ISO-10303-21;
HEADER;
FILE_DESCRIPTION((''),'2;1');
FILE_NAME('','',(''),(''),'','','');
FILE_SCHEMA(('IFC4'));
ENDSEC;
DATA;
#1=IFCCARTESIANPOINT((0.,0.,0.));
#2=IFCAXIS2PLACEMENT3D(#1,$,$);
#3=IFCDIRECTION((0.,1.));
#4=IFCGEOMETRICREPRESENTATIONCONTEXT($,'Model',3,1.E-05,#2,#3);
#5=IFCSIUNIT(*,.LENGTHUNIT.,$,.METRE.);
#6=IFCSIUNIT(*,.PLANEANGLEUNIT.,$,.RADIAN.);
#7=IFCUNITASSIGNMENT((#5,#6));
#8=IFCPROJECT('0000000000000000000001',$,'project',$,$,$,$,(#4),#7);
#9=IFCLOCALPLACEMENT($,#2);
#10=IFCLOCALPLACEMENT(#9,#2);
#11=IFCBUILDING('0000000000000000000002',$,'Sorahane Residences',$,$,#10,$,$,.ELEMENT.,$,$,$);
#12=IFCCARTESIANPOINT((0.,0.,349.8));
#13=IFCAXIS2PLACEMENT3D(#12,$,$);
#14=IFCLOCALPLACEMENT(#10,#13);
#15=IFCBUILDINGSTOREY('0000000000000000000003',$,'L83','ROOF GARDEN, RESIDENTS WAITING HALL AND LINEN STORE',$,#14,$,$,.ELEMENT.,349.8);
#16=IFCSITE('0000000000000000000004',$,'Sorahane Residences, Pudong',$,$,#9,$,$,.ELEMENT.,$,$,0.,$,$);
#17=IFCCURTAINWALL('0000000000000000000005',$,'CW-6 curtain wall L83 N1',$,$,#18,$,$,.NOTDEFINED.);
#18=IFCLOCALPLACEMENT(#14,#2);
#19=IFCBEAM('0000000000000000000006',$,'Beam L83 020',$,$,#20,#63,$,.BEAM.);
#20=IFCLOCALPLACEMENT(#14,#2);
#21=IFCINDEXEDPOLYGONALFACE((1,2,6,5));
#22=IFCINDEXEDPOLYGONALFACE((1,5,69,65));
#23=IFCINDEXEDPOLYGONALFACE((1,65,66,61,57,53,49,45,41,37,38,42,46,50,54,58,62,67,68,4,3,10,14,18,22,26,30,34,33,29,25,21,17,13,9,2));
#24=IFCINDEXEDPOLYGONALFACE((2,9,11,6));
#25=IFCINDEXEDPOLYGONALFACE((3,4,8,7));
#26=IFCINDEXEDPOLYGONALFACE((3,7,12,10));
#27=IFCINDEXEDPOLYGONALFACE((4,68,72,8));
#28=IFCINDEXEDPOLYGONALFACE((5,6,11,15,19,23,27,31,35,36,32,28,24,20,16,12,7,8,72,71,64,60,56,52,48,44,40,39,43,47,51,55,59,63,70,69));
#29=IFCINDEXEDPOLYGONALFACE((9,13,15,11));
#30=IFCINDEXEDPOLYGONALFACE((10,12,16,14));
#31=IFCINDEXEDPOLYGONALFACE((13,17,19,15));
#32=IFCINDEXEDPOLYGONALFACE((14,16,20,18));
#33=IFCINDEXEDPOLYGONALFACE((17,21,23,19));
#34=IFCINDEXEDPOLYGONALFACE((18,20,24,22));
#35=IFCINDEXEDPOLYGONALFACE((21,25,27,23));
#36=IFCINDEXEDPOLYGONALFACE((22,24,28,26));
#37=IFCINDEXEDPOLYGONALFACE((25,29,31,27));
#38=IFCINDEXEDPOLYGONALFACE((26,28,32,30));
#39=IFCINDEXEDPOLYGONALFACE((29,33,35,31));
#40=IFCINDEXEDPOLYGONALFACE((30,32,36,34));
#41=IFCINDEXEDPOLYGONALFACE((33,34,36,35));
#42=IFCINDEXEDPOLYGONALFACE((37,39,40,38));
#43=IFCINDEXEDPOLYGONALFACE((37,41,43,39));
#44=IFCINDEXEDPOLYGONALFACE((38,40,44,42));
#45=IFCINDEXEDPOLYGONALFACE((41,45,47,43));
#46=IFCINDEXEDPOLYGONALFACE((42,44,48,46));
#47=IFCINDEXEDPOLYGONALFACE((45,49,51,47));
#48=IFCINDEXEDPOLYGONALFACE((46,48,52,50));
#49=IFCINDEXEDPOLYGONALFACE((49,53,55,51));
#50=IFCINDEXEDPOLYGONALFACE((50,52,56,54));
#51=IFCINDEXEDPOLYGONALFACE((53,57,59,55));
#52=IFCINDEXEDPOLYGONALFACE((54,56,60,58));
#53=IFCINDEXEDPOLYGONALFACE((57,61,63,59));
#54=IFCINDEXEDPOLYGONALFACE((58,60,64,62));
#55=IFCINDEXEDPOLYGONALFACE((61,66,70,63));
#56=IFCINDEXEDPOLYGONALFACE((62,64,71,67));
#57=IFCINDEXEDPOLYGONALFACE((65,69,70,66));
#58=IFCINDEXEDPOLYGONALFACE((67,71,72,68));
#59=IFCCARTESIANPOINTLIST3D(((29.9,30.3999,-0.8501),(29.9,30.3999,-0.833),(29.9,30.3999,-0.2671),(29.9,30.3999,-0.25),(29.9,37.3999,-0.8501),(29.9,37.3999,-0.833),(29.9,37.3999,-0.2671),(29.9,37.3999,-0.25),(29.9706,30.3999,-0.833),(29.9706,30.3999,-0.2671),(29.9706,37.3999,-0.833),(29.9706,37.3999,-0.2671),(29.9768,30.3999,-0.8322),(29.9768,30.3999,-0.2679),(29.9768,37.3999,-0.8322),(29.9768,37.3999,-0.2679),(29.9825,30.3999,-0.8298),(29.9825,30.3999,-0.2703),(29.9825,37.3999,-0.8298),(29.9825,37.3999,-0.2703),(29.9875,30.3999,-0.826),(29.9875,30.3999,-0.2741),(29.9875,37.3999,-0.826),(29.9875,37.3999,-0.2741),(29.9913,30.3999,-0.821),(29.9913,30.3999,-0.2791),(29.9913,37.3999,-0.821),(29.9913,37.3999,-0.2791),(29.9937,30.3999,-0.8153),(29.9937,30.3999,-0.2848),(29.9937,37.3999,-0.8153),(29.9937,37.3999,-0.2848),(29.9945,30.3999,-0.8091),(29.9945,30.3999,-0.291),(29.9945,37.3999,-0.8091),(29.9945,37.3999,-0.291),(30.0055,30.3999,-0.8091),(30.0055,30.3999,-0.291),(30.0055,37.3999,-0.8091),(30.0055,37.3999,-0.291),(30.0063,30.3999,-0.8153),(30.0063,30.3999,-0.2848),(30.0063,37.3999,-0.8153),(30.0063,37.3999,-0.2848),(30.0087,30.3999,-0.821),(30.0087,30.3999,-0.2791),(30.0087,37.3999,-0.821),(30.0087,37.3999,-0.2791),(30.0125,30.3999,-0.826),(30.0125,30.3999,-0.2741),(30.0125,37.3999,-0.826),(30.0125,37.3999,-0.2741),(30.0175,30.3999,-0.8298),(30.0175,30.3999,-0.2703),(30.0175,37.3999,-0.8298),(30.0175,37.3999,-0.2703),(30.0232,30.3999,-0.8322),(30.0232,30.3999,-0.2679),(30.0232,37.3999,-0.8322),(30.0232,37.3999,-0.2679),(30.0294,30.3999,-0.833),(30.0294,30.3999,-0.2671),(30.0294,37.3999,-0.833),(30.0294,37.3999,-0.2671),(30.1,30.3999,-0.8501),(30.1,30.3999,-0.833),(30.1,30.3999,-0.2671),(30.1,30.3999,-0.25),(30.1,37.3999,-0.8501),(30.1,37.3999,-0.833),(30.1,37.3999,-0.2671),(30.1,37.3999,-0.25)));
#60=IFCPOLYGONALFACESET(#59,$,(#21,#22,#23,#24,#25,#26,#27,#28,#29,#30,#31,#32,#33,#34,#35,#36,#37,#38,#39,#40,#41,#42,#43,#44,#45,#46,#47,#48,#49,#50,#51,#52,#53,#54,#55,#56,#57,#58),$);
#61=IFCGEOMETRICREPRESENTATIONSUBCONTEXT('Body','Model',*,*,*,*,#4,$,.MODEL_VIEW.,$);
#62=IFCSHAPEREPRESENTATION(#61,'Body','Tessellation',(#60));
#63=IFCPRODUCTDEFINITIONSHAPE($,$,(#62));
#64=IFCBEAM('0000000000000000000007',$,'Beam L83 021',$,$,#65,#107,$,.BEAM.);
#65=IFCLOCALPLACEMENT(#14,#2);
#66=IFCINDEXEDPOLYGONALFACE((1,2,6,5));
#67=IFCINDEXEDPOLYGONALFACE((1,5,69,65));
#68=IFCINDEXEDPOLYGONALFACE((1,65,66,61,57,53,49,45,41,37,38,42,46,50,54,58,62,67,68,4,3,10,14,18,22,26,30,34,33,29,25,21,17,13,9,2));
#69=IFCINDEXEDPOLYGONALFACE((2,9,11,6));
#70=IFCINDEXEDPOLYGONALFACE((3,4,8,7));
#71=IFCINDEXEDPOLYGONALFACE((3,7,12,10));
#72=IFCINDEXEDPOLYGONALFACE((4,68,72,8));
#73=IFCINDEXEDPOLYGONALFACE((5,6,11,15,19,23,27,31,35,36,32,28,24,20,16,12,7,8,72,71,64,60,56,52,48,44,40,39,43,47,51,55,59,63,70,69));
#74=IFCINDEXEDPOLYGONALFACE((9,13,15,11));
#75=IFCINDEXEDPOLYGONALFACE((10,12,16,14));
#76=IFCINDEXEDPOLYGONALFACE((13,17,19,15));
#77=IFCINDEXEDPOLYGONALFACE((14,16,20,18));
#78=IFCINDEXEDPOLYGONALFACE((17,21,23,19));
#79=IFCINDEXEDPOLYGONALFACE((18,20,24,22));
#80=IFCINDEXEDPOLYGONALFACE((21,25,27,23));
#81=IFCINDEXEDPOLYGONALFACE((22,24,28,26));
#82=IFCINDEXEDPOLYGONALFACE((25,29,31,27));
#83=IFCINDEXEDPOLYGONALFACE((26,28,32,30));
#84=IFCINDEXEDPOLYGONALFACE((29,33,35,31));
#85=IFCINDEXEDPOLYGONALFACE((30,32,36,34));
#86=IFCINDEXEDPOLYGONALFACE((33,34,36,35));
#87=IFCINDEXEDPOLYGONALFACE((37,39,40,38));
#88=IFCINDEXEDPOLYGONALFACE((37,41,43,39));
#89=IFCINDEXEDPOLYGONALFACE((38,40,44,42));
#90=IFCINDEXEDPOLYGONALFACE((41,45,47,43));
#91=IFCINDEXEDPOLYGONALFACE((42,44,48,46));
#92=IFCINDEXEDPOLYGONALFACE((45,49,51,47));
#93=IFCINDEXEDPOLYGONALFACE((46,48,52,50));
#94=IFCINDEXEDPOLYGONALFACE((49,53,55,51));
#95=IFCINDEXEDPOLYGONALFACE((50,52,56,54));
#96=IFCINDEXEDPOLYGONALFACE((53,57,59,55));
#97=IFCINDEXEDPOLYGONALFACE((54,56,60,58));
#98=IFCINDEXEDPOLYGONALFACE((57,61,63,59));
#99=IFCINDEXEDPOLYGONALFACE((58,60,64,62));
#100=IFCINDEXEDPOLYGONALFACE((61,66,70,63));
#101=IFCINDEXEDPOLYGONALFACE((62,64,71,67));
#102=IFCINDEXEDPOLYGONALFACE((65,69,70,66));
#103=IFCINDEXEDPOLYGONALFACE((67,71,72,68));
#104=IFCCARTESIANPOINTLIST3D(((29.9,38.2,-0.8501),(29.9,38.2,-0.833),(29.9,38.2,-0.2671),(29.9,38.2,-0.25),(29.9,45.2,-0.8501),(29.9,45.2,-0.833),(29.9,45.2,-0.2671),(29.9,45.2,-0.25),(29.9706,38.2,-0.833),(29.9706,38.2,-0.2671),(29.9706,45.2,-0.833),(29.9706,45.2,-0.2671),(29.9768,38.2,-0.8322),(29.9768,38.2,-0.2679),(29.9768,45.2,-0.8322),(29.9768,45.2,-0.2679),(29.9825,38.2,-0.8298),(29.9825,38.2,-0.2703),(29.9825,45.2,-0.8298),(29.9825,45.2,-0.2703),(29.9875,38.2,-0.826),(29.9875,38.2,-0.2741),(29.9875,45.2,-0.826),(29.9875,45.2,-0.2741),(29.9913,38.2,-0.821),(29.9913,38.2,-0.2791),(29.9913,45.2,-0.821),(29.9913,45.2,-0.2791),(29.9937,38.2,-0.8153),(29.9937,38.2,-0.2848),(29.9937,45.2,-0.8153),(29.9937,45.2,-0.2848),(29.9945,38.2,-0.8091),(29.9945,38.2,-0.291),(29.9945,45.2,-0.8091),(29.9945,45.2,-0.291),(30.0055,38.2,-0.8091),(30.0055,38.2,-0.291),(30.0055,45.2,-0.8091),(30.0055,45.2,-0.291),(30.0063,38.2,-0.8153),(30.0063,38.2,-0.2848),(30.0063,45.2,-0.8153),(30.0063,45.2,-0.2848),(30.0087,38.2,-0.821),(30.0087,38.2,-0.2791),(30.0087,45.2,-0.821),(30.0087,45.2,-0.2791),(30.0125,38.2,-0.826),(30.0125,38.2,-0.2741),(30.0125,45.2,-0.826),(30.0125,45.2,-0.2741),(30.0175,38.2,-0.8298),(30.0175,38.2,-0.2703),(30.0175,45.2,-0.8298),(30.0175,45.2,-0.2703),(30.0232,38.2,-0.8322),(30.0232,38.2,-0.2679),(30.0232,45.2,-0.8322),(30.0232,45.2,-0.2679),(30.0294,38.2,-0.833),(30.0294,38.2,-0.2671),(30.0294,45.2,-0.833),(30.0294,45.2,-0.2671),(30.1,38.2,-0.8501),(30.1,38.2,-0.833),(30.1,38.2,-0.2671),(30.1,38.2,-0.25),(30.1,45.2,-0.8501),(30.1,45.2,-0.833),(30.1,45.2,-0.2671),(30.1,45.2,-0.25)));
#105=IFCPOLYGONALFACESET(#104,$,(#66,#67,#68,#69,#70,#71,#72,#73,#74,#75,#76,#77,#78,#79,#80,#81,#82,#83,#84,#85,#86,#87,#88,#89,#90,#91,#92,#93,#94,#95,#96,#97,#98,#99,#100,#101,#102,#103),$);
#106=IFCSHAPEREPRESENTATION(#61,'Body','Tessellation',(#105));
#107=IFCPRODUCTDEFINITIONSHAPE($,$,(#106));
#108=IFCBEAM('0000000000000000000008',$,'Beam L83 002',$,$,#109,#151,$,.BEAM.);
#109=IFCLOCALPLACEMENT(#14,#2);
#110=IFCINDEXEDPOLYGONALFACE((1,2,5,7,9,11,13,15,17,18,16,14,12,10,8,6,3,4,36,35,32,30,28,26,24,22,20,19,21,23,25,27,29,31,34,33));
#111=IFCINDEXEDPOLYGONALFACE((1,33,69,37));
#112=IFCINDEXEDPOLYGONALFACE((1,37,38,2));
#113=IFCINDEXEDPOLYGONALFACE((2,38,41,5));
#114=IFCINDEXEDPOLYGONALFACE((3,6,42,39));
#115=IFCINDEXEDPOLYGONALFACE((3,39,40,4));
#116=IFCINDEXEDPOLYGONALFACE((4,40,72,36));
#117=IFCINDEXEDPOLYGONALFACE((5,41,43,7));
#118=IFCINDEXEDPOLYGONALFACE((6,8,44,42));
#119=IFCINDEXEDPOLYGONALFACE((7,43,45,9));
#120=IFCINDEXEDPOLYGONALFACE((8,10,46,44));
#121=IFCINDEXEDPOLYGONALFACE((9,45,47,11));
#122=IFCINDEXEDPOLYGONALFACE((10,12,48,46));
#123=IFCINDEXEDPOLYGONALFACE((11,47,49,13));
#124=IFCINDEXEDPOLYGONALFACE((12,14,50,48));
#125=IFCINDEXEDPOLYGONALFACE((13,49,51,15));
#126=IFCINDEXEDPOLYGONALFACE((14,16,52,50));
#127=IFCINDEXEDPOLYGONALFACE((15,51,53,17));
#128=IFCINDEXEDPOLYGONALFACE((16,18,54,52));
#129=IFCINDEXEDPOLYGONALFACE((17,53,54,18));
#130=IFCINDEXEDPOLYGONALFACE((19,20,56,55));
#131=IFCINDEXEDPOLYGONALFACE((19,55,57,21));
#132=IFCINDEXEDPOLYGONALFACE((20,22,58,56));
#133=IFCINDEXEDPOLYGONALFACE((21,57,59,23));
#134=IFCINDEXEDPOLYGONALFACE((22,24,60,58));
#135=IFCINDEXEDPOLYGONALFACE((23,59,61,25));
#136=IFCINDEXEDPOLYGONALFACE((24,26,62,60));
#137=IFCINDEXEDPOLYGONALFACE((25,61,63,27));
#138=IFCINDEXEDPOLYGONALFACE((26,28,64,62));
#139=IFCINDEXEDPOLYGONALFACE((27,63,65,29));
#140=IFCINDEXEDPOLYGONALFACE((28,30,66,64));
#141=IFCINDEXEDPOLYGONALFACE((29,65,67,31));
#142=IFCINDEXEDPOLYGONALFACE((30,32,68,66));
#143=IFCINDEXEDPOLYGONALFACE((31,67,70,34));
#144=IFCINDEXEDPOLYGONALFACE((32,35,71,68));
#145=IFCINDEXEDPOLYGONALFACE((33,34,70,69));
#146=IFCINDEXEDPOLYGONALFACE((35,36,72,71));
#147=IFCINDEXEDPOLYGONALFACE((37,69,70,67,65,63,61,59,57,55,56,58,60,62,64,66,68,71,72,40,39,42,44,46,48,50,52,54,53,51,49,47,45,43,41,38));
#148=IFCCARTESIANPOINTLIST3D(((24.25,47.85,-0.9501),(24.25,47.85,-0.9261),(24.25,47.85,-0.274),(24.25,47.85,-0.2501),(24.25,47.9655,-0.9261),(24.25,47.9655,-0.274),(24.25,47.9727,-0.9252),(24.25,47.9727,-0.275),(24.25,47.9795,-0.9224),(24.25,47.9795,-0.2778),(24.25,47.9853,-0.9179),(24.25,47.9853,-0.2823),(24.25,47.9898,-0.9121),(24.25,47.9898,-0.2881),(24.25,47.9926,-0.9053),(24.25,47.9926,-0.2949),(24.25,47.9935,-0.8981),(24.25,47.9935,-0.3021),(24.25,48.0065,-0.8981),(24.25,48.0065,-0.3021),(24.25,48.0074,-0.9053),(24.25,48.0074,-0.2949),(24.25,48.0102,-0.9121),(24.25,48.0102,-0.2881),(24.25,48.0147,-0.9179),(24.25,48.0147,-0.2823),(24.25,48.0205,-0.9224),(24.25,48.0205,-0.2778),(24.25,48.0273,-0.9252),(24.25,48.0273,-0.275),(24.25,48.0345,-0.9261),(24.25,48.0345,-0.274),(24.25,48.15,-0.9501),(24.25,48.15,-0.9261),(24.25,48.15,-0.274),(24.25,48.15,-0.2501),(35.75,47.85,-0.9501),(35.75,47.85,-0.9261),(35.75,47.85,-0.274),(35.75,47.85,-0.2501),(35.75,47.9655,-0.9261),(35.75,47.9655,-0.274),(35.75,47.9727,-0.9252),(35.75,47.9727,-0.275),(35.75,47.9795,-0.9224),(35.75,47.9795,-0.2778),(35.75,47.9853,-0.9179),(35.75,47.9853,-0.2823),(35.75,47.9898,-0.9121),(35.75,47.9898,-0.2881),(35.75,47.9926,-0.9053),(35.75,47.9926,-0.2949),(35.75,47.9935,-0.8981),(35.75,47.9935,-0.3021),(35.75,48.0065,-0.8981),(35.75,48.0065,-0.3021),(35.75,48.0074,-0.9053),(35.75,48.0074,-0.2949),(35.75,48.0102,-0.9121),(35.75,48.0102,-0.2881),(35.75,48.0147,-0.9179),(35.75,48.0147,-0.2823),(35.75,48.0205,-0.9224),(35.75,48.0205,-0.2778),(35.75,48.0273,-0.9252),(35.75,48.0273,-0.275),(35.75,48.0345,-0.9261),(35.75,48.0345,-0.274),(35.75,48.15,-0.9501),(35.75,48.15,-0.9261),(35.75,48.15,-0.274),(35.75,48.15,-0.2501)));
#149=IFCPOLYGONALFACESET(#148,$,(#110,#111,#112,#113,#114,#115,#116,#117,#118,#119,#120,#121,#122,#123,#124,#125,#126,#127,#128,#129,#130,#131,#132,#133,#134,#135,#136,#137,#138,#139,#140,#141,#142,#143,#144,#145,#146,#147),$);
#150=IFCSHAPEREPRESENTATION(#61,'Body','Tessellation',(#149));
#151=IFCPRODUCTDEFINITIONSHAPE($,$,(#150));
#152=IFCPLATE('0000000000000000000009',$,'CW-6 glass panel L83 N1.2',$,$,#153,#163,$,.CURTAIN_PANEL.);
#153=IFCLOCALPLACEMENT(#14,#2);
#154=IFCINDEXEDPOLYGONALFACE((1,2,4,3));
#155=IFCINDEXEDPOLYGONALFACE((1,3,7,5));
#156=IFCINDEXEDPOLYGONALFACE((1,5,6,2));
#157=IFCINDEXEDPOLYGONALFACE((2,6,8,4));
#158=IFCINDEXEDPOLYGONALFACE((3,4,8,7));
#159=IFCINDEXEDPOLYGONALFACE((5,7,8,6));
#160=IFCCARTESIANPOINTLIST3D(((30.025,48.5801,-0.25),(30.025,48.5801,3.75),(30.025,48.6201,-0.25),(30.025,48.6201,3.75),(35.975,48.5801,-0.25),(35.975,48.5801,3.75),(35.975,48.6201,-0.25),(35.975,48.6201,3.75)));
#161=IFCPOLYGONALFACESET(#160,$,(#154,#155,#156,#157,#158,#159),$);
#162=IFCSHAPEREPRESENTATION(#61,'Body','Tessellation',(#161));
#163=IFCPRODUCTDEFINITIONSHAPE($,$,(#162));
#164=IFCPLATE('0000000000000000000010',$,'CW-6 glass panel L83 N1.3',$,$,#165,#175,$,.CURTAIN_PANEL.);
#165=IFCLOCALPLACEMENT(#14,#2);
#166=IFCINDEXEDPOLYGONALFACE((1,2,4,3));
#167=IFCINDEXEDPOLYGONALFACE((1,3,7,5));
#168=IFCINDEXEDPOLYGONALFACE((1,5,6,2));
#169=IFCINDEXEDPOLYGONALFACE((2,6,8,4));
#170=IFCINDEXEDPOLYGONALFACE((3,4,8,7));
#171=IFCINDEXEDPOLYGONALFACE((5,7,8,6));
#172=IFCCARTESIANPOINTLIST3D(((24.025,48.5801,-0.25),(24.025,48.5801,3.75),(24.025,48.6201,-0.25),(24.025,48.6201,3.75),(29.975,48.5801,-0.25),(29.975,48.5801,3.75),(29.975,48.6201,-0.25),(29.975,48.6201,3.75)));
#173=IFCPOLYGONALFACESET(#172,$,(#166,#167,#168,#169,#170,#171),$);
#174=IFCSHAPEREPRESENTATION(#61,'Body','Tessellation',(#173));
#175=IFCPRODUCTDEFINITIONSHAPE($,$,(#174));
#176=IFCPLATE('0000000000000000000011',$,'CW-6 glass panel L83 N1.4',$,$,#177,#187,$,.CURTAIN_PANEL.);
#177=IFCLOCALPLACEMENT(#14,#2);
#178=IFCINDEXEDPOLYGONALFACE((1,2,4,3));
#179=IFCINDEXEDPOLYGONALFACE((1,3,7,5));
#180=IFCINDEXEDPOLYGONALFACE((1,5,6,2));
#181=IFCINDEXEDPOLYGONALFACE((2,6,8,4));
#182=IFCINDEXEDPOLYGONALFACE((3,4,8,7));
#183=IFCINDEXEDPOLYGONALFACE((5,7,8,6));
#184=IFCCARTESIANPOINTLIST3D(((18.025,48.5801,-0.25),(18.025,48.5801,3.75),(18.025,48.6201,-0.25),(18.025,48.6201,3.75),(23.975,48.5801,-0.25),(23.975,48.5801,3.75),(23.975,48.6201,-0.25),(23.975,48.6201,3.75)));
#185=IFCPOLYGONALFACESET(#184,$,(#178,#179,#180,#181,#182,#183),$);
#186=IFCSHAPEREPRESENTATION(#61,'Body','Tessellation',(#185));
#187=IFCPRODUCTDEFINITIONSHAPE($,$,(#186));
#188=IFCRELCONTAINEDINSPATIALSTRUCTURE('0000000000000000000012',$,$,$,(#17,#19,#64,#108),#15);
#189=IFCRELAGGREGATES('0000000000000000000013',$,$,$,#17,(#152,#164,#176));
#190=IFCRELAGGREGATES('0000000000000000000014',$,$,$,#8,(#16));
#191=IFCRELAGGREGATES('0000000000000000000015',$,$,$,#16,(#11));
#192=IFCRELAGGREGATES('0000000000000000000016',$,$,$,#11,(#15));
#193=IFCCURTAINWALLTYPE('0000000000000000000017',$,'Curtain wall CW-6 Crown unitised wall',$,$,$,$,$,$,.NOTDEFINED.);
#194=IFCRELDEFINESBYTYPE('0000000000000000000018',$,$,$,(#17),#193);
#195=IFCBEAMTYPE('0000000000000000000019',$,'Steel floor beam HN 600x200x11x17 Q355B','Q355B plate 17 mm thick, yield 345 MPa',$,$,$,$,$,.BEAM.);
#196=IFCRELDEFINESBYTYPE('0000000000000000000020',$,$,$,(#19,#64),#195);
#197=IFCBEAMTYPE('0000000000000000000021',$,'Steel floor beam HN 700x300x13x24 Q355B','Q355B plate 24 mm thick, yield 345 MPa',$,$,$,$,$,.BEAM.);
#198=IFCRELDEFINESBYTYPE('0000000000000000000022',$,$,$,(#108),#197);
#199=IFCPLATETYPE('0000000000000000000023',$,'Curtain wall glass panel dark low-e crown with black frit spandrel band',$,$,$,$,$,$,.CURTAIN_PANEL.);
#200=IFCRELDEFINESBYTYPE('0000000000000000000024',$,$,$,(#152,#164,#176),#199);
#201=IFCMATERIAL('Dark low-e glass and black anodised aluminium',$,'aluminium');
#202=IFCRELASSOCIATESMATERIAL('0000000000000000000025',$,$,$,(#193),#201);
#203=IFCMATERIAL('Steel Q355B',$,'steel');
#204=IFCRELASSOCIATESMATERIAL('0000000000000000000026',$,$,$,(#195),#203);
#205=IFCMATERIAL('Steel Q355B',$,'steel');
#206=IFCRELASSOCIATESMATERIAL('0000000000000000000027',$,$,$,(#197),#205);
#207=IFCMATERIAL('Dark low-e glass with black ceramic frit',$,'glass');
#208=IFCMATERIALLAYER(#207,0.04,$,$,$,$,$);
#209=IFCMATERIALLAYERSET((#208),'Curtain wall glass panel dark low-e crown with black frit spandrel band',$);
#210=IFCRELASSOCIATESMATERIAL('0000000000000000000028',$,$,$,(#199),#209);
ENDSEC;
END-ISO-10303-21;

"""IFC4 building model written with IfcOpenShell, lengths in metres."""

from ifc_helpers import new_model, si_unit, direction, frame, origin, origin_2d, place, context, subcontext, project, spatial, rectangle, i_section, extrude, material, layer, layer_set, material_profile, profile_set, type_object, element, aggregate, save


model = new_model("IFC4")

# Units and contexts
model_context = context("Model", 3, precision=1e-05, world=origin(), true_north=direction((0.0, 1.0)))
body_context = subcontext(model_context, "Body", "Model", "MODEL_VIEW")
ifc_project = project(units=[si_unit("LENGTHUNIT", "METRE"), si_unit("PLANEANGLEUNIT", "RADIAN")], contexts=[model_context])

# Site, building, storey
site_placement = place(None, origin())
site = spatial("IfcSite", under=ifc_project, at=site_placement, Name="Sorahane Residences, Pudong", CompositionType="ELEMENT", RefElevation=0.0)
building_placement = place(site_placement, origin())
building = spatial("IfcBuilding", under=site, at=building_placement, Name="Sorahane Residences", CompositionType="ELEMENT")
storey_placement = place(building_placement, frame((0.0, 0.0, 349.8)))
storey = spatial("IfcBuildingStorey", under=building, at=storey_placement, Name="L83", Description="ROOF GARDEN, RESIDENTS WAITING HALL AND LINEN STORE", CompositionType="ELEMENT", Elevation=349.8)

# Curtain wall
ifc_material_1 = material(Name="Dark low-e glass and black anodised aluminium", Category="aluminium")
curtain_wall_type = type_object("IfcCurtainWallType", Name="Curtain wall CW-6 Crown unitised wall", PredefinedType="NOTDEFINED", material=ifc_material_1)
curtain_wall_placement = place(storey_placement, origin())
curtain_wall = element("IfcCurtainWall", 1, at=curtain_wall_placement, inside=storey, type_object=curtain_wall_type, Name="CW-6 curtain wall L83 N1", PredefinedType="NOTDEFINED")

# Beams
ifc_material_2 = material(Name="Steel Q355B", Category="steel")
ifc_material_profile_1 = material_profile(ifc_material_2, i_section(OverallWidth=0.2, OverallDepth=0.6001, WebThickness=0.011, FlangeThickness=0.0171, FilletRadius=0.0239, at=origin_2d()), Name="HN 600x200x11x17")
ifc_profile_set_1 = profile_set([ifc_material_profile_1], Name="Steel Q355B")
beam_type_1 = type_object("IfcBeamType", Name="Steel floor beam HN 600x200x11x17 Q355B", Description="Q355B plate 17 mm thick, yield 345 MPa", PredefinedType="BEAM", material=ifc_profile_set_1)
for number, where, z_axis, x_axis, name in (
    (2, (30.0, 30.3999, -0.55), (0.0, 1.0, 0.0), (-1.0, 0.0, 0.0), "Beam L83 020"),
    (3, (30.0, 38.2, -0.55), (0.0, 1.0, 0.0), (-1.0, 0.0, 0.0), "Beam L83 021"),
):
    element("IfcBeam", number, at=place(storey_placement, frame(where, z_axis=z_axis, x_axis=x_axis)), inside=storey, type_object=beam_type_1, Name=name, PredefinedType="BEAM", context=body_context, shape_type="SweptSolid", body=[
        extrude(i_section(OverallWidth=0.2, OverallDepth=0.6001, WebThickness=0.011, FlangeThickness=0.0171, FilletRadius=0.0239, at=origin_2d()), origin(), (0.0, 0.0, 1.0), 7.0),
    ])
ifc_material_3 = material(Name="Steel Q355B", Category="steel")
ifc_material_profile_2 = material_profile(ifc_material_3, i_section(OverallWidth=0.3, OverallDepth=0.7, WebThickness=0.0129, FlangeThickness=0.0239, FilletRadius=0.0281, at=origin_2d()), Name="HN 700x300x13x24")
ifc_profile_set_2 = profile_set([ifc_material_profile_2], Name="Steel Q355B")
beam_type_2 = type_object("IfcBeamType", Name="Steel floor beam HN 700x300x13x24 Q355B", Description="Q355B plate 24 mm thick, yield 345 MPa", PredefinedType="BEAM", material=ifc_profile_set_2)
beam_1_placement = place(storey_placement, frame((24.25, 48.0, -0.6001), z_axis=(1.0, 0.0, 0.0), x_axis=(0.0, 1.0, 0.0)))
element("IfcBeam", 4, at=beam_1_placement, inside=storey, type_object=beam_type_2, Name="Beam L83 002", PredefinedType="BEAM", context=body_context, shape_type="SweptSolid", body=[
    extrude(i_section(OverallWidth=0.3, OverallDepth=0.7, WebThickness=0.0129, FlangeThickness=0.0239, FilletRadius=0.0281, at=origin_2d()), origin(), (0.0, 0.0, 1.0), 11.5),
])

# Plates
ifc_material_4 = material(Name="Dark low-e glass with black ceramic frit", Category="glass")
ifc_layer_1 = layer(ifc_material_4, 0.04)
ifc_layer_set_1 = layer_set([ifc_layer_1], Name="Curtain wall glass panel dark low-e crown with black frit spandrel band")
plate_type = type_object("IfcPlateType", Name="Curtain wall glass panel dark low-e crown with black frit spandrel band", PredefinedType="CURTAIN_PANEL", material=ifc_layer_set_1)
plate_1_placement = place(storey_placement, frame((33.0, 48.6001, -0.25), z_axis=(0.0, 0.0, 1.0), x_axis=(-1.0, 0.0, 0.0)))
plate_1 = element("IfcPlate", 5, at=plate_1_placement, type_object=plate_type, Name="CW-6 glass panel L83 N1.2", PredefinedType="CURTAIN_PANEL", context=body_context, shape_type="SweptSolid", body=[
    extrude(rectangle(XDim=5.95, YDim=0.04, at=origin_2d()), origin(), (0.0, 0.0, 1.0), 4.0),
])
plate_2_placement = place(storey_placement, frame((27.0, 48.6001, -0.25), z_axis=(0.0, 0.0, 1.0), x_axis=(-1.0, 0.0, 0.0)))
plate_2 = element("IfcPlate", 6, at=plate_2_placement, type_object=plate_type, Name="CW-6 glass panel L83 N1.3", PredefinedType="CURTAIN_PANEL", context=body_context, shape_type="SweptSolid", body=[
    extrude(rectangle(XDim=5.95, YDim=0.04, at=origin_2d()), origin(), (0.0, 0.0, 1.0), 4.0),
])
plate_3_placement = place(storey_placement, frame((21.0, 48.6001, -0.25), z_axis=(0.0, 0.0, 1.0), x_axis=(-1.0, 0.0, 0.0)))
plate_3 = element("IfcPlate", 7, at=plate_3_placement, type_object=plate_type, Name="CW-6 glass panel L83 N1.4", PredefinedType="CURTAIN_PANEL", context=body_context, shape_type="SweptSolid", body=[
    extrude(rectangle(XDim=5.95, YDim=0.04, at=origin_2d()), origin(), (0.0, 0.0, 1.0), 4.0),
])
aggregate(curtain_wall, [plate_1, plate_2, plate_3])

save(model, "model.ifc")
